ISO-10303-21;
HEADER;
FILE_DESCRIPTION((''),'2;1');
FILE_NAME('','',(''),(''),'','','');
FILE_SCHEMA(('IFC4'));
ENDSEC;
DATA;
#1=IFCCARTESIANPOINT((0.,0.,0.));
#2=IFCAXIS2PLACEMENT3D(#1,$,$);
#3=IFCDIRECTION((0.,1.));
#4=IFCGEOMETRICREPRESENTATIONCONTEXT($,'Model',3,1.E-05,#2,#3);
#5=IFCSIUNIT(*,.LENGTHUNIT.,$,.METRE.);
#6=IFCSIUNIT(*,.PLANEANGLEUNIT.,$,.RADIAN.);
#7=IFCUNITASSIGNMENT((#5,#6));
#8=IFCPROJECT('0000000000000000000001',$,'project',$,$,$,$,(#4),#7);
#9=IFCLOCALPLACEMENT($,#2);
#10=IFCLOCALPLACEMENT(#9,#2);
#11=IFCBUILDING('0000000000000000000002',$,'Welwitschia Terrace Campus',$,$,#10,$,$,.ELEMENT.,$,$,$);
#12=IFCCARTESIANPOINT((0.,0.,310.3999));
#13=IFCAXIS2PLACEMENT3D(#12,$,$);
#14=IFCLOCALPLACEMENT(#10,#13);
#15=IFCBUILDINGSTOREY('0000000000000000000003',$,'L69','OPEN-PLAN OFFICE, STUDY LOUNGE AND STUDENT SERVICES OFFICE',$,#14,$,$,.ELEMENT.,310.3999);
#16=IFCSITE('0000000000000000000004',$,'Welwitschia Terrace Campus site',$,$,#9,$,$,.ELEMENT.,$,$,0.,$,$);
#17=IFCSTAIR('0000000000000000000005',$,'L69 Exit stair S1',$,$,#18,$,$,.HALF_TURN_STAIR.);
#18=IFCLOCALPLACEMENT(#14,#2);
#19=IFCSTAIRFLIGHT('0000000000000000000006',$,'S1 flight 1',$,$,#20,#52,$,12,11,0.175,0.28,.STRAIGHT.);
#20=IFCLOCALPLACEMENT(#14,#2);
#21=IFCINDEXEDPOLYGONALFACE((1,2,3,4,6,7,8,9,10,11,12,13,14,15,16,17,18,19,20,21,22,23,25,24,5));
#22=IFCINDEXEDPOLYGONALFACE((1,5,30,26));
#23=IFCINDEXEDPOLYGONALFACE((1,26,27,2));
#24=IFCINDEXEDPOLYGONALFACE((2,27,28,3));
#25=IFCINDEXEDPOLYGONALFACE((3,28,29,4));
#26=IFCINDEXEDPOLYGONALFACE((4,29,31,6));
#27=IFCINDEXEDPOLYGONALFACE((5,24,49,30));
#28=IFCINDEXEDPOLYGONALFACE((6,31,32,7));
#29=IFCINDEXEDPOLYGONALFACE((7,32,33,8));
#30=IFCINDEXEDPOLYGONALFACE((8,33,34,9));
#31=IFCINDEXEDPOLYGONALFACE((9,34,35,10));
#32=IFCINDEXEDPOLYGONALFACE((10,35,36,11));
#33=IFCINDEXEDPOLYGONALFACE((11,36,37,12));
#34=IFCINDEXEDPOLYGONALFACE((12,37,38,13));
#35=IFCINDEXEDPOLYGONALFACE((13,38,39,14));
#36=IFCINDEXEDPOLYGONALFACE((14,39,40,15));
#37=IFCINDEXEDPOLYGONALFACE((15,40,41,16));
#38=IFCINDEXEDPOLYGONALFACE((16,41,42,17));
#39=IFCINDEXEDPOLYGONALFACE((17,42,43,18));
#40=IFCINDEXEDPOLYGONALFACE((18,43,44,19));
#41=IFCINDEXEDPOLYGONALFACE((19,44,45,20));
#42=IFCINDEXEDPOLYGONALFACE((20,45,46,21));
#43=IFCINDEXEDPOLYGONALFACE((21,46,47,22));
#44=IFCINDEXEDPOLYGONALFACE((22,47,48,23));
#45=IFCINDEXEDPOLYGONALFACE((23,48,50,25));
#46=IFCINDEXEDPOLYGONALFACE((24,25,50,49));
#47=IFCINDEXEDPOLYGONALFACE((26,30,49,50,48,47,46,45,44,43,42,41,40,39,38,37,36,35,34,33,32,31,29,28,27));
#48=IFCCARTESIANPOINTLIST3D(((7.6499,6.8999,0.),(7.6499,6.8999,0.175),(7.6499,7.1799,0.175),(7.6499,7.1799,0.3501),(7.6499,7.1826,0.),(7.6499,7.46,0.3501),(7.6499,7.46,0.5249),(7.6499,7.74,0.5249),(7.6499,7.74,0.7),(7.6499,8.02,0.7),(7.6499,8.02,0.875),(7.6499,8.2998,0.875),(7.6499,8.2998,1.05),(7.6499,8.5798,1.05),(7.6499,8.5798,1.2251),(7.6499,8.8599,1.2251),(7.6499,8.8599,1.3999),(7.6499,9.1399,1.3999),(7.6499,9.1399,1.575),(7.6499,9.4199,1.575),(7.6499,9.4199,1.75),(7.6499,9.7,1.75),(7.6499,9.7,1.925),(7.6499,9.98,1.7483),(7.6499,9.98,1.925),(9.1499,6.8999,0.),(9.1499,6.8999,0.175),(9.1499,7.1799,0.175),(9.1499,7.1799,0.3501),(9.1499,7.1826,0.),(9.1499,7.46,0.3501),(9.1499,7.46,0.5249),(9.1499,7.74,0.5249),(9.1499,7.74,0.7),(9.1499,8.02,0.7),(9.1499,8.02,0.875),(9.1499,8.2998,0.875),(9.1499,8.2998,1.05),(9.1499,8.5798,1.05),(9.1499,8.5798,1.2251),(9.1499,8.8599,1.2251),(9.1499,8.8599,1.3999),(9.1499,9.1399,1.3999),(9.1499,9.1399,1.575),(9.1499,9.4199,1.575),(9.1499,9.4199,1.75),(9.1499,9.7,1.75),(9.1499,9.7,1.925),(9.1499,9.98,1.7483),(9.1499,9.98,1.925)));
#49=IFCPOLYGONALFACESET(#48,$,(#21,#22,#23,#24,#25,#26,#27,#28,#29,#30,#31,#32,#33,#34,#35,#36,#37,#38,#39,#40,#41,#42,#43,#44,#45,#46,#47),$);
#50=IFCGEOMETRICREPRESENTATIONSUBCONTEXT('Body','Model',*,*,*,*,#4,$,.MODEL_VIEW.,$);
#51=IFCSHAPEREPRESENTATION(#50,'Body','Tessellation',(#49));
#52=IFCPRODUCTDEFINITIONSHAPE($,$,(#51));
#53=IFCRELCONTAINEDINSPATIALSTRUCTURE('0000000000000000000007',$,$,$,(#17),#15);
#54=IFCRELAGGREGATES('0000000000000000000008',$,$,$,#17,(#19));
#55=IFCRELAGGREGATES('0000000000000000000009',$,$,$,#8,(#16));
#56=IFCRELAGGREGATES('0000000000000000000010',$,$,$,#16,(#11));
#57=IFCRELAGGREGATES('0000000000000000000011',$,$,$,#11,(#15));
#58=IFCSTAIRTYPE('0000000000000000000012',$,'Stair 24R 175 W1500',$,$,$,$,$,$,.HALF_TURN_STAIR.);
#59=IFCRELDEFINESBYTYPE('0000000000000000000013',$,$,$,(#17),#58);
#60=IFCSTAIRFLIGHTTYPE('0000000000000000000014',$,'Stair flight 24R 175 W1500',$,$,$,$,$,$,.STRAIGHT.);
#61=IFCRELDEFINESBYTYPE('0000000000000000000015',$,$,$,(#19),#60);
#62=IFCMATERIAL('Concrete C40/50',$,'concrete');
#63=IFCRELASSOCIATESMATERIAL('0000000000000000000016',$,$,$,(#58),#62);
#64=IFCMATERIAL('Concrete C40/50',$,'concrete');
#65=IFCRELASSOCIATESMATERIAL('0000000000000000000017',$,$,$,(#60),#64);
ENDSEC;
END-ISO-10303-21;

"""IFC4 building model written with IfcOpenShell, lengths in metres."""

from ifc_helpers import new_model, si_unit, direction, frame, origin, place, context, subcontext, project, spatial, polyline, outline, extrude, material, type_object, element, aggregate, save


model = new_model("IFC4")

# Units and contexts
model_context = context("Model", 3, precision=1e-05, world=origin(), true_north=direction((0.0, 1.0)))
body_context = subcontext(model_context, "Body", "Model", "MODEL_VIEW")
ifc_project = project(units=[si_unit("LENGTHUNIT", "METRE"), si_unit("PLANEANGLEUNIT", "RADIAN")], contexts=[model_context])

# Site, building, storey
site_placement = place(None, origin())
site = spatial("IfcSite", under=ifc_project, at=site_placement, Name="Welwitschia Terrace Campus site", CompositionType="ELEMENT", RefElevation=0.0)
building_placement = place(site_placement, origin())
building = spatial("IfcBuilding", under=site, at=building_placement, Name="Welwitschia Terrace Campus", CompositionType="ELEMENT")
storey_placement = place(building_placement, frame((0.0, 0.0, 310.3999)))
storey = spatial("IfcBuildingStorey", under=building, at=storey_placement, Name="L69", Description="OPEN-PLAN OFFICE, STUDY LOUNGE AND STUDENT SERVICES OFFICE", CompositionType="ELEMENT", Elevation=310.3999)

# Stair, stair flight
ifc_material_1 = material(Name="Concrete C40/50", Category="concrete")
stair_type = type_object("IfcStairType", Name="Stair 24R 175 W1500", PredefinedType="HALF_TURN_STAIR", material=ifc_material_1)
stair_placement = place(storey_placement, origin())
stair = element("IfcStair", 1, at=stair_placement, inside=storey, type_object=stair_type, Name="L69 Exit stair S1", PredefinedType="HALF_TURN_STAIR")
ifc_material_2 = material(Name="Concrete C40/50", Category="concrete")
stair_flight_type = type_object("IfcStairFlightType", Name="Stair flight 24R 175 W1500", PredefinedType="STRAIGHT", material=ifc_material_2)
stair_flight_placement = place(storey_placement, frame((8.3999, 6.8999, 0.0), z_axis=(0.0, 0.0, 1.0), x_axis=(0.0, 1.0, 0.0)))
stair_flight = element("IfcStairFlight", 2, at=stair_flight_placement, type_object=stair_flight_type, Name="S1 flight 1", NumberOfRisers=12, NumberOfTreads=11, PredefinedType="STRAIGHT", RiserHeight=0.175, TreadLength=0.28, context=body_context, shape_type="SweptSolid", body=[
    extrude(outline(polyline([(0.0, 0.0), (0.0, 0.175), (0.28, 0.175), (0.28, 0.3501), (0.5601, 0.3501), (0.5601, 0.5249), (0.8401, 0.5249), (0.8401, 0.7), (1.1201, 0.7), (1.1201, 0.875), (1.3999, 0.875), (1.3999, 1.05), (1.6799, 1.05), (1.6799, 1.2251), (1.96, 1.2251), (1.96, 1.3999), (2.24, 1.3999), (2.24, 1.575), (2.52, 1.575), (2.52, 1.75), (2.8, 1.75), (2.8, 1.925), (3.0801, 1.925), (3.0801, 2.1001), (3.0801, 1.7483), (0.2827, 0.0), (0.0, 0.0)])), frame((0.0, 0.75, 0.0), z_axis=(0.0, -1.0, 0.0), x_axis=(1.0, 0.0, 0.0)), (0.0, 0.0, 1.0), 1.5),
])
aggregate(stair, [stair_flight])

save(model, "model.ifc")
